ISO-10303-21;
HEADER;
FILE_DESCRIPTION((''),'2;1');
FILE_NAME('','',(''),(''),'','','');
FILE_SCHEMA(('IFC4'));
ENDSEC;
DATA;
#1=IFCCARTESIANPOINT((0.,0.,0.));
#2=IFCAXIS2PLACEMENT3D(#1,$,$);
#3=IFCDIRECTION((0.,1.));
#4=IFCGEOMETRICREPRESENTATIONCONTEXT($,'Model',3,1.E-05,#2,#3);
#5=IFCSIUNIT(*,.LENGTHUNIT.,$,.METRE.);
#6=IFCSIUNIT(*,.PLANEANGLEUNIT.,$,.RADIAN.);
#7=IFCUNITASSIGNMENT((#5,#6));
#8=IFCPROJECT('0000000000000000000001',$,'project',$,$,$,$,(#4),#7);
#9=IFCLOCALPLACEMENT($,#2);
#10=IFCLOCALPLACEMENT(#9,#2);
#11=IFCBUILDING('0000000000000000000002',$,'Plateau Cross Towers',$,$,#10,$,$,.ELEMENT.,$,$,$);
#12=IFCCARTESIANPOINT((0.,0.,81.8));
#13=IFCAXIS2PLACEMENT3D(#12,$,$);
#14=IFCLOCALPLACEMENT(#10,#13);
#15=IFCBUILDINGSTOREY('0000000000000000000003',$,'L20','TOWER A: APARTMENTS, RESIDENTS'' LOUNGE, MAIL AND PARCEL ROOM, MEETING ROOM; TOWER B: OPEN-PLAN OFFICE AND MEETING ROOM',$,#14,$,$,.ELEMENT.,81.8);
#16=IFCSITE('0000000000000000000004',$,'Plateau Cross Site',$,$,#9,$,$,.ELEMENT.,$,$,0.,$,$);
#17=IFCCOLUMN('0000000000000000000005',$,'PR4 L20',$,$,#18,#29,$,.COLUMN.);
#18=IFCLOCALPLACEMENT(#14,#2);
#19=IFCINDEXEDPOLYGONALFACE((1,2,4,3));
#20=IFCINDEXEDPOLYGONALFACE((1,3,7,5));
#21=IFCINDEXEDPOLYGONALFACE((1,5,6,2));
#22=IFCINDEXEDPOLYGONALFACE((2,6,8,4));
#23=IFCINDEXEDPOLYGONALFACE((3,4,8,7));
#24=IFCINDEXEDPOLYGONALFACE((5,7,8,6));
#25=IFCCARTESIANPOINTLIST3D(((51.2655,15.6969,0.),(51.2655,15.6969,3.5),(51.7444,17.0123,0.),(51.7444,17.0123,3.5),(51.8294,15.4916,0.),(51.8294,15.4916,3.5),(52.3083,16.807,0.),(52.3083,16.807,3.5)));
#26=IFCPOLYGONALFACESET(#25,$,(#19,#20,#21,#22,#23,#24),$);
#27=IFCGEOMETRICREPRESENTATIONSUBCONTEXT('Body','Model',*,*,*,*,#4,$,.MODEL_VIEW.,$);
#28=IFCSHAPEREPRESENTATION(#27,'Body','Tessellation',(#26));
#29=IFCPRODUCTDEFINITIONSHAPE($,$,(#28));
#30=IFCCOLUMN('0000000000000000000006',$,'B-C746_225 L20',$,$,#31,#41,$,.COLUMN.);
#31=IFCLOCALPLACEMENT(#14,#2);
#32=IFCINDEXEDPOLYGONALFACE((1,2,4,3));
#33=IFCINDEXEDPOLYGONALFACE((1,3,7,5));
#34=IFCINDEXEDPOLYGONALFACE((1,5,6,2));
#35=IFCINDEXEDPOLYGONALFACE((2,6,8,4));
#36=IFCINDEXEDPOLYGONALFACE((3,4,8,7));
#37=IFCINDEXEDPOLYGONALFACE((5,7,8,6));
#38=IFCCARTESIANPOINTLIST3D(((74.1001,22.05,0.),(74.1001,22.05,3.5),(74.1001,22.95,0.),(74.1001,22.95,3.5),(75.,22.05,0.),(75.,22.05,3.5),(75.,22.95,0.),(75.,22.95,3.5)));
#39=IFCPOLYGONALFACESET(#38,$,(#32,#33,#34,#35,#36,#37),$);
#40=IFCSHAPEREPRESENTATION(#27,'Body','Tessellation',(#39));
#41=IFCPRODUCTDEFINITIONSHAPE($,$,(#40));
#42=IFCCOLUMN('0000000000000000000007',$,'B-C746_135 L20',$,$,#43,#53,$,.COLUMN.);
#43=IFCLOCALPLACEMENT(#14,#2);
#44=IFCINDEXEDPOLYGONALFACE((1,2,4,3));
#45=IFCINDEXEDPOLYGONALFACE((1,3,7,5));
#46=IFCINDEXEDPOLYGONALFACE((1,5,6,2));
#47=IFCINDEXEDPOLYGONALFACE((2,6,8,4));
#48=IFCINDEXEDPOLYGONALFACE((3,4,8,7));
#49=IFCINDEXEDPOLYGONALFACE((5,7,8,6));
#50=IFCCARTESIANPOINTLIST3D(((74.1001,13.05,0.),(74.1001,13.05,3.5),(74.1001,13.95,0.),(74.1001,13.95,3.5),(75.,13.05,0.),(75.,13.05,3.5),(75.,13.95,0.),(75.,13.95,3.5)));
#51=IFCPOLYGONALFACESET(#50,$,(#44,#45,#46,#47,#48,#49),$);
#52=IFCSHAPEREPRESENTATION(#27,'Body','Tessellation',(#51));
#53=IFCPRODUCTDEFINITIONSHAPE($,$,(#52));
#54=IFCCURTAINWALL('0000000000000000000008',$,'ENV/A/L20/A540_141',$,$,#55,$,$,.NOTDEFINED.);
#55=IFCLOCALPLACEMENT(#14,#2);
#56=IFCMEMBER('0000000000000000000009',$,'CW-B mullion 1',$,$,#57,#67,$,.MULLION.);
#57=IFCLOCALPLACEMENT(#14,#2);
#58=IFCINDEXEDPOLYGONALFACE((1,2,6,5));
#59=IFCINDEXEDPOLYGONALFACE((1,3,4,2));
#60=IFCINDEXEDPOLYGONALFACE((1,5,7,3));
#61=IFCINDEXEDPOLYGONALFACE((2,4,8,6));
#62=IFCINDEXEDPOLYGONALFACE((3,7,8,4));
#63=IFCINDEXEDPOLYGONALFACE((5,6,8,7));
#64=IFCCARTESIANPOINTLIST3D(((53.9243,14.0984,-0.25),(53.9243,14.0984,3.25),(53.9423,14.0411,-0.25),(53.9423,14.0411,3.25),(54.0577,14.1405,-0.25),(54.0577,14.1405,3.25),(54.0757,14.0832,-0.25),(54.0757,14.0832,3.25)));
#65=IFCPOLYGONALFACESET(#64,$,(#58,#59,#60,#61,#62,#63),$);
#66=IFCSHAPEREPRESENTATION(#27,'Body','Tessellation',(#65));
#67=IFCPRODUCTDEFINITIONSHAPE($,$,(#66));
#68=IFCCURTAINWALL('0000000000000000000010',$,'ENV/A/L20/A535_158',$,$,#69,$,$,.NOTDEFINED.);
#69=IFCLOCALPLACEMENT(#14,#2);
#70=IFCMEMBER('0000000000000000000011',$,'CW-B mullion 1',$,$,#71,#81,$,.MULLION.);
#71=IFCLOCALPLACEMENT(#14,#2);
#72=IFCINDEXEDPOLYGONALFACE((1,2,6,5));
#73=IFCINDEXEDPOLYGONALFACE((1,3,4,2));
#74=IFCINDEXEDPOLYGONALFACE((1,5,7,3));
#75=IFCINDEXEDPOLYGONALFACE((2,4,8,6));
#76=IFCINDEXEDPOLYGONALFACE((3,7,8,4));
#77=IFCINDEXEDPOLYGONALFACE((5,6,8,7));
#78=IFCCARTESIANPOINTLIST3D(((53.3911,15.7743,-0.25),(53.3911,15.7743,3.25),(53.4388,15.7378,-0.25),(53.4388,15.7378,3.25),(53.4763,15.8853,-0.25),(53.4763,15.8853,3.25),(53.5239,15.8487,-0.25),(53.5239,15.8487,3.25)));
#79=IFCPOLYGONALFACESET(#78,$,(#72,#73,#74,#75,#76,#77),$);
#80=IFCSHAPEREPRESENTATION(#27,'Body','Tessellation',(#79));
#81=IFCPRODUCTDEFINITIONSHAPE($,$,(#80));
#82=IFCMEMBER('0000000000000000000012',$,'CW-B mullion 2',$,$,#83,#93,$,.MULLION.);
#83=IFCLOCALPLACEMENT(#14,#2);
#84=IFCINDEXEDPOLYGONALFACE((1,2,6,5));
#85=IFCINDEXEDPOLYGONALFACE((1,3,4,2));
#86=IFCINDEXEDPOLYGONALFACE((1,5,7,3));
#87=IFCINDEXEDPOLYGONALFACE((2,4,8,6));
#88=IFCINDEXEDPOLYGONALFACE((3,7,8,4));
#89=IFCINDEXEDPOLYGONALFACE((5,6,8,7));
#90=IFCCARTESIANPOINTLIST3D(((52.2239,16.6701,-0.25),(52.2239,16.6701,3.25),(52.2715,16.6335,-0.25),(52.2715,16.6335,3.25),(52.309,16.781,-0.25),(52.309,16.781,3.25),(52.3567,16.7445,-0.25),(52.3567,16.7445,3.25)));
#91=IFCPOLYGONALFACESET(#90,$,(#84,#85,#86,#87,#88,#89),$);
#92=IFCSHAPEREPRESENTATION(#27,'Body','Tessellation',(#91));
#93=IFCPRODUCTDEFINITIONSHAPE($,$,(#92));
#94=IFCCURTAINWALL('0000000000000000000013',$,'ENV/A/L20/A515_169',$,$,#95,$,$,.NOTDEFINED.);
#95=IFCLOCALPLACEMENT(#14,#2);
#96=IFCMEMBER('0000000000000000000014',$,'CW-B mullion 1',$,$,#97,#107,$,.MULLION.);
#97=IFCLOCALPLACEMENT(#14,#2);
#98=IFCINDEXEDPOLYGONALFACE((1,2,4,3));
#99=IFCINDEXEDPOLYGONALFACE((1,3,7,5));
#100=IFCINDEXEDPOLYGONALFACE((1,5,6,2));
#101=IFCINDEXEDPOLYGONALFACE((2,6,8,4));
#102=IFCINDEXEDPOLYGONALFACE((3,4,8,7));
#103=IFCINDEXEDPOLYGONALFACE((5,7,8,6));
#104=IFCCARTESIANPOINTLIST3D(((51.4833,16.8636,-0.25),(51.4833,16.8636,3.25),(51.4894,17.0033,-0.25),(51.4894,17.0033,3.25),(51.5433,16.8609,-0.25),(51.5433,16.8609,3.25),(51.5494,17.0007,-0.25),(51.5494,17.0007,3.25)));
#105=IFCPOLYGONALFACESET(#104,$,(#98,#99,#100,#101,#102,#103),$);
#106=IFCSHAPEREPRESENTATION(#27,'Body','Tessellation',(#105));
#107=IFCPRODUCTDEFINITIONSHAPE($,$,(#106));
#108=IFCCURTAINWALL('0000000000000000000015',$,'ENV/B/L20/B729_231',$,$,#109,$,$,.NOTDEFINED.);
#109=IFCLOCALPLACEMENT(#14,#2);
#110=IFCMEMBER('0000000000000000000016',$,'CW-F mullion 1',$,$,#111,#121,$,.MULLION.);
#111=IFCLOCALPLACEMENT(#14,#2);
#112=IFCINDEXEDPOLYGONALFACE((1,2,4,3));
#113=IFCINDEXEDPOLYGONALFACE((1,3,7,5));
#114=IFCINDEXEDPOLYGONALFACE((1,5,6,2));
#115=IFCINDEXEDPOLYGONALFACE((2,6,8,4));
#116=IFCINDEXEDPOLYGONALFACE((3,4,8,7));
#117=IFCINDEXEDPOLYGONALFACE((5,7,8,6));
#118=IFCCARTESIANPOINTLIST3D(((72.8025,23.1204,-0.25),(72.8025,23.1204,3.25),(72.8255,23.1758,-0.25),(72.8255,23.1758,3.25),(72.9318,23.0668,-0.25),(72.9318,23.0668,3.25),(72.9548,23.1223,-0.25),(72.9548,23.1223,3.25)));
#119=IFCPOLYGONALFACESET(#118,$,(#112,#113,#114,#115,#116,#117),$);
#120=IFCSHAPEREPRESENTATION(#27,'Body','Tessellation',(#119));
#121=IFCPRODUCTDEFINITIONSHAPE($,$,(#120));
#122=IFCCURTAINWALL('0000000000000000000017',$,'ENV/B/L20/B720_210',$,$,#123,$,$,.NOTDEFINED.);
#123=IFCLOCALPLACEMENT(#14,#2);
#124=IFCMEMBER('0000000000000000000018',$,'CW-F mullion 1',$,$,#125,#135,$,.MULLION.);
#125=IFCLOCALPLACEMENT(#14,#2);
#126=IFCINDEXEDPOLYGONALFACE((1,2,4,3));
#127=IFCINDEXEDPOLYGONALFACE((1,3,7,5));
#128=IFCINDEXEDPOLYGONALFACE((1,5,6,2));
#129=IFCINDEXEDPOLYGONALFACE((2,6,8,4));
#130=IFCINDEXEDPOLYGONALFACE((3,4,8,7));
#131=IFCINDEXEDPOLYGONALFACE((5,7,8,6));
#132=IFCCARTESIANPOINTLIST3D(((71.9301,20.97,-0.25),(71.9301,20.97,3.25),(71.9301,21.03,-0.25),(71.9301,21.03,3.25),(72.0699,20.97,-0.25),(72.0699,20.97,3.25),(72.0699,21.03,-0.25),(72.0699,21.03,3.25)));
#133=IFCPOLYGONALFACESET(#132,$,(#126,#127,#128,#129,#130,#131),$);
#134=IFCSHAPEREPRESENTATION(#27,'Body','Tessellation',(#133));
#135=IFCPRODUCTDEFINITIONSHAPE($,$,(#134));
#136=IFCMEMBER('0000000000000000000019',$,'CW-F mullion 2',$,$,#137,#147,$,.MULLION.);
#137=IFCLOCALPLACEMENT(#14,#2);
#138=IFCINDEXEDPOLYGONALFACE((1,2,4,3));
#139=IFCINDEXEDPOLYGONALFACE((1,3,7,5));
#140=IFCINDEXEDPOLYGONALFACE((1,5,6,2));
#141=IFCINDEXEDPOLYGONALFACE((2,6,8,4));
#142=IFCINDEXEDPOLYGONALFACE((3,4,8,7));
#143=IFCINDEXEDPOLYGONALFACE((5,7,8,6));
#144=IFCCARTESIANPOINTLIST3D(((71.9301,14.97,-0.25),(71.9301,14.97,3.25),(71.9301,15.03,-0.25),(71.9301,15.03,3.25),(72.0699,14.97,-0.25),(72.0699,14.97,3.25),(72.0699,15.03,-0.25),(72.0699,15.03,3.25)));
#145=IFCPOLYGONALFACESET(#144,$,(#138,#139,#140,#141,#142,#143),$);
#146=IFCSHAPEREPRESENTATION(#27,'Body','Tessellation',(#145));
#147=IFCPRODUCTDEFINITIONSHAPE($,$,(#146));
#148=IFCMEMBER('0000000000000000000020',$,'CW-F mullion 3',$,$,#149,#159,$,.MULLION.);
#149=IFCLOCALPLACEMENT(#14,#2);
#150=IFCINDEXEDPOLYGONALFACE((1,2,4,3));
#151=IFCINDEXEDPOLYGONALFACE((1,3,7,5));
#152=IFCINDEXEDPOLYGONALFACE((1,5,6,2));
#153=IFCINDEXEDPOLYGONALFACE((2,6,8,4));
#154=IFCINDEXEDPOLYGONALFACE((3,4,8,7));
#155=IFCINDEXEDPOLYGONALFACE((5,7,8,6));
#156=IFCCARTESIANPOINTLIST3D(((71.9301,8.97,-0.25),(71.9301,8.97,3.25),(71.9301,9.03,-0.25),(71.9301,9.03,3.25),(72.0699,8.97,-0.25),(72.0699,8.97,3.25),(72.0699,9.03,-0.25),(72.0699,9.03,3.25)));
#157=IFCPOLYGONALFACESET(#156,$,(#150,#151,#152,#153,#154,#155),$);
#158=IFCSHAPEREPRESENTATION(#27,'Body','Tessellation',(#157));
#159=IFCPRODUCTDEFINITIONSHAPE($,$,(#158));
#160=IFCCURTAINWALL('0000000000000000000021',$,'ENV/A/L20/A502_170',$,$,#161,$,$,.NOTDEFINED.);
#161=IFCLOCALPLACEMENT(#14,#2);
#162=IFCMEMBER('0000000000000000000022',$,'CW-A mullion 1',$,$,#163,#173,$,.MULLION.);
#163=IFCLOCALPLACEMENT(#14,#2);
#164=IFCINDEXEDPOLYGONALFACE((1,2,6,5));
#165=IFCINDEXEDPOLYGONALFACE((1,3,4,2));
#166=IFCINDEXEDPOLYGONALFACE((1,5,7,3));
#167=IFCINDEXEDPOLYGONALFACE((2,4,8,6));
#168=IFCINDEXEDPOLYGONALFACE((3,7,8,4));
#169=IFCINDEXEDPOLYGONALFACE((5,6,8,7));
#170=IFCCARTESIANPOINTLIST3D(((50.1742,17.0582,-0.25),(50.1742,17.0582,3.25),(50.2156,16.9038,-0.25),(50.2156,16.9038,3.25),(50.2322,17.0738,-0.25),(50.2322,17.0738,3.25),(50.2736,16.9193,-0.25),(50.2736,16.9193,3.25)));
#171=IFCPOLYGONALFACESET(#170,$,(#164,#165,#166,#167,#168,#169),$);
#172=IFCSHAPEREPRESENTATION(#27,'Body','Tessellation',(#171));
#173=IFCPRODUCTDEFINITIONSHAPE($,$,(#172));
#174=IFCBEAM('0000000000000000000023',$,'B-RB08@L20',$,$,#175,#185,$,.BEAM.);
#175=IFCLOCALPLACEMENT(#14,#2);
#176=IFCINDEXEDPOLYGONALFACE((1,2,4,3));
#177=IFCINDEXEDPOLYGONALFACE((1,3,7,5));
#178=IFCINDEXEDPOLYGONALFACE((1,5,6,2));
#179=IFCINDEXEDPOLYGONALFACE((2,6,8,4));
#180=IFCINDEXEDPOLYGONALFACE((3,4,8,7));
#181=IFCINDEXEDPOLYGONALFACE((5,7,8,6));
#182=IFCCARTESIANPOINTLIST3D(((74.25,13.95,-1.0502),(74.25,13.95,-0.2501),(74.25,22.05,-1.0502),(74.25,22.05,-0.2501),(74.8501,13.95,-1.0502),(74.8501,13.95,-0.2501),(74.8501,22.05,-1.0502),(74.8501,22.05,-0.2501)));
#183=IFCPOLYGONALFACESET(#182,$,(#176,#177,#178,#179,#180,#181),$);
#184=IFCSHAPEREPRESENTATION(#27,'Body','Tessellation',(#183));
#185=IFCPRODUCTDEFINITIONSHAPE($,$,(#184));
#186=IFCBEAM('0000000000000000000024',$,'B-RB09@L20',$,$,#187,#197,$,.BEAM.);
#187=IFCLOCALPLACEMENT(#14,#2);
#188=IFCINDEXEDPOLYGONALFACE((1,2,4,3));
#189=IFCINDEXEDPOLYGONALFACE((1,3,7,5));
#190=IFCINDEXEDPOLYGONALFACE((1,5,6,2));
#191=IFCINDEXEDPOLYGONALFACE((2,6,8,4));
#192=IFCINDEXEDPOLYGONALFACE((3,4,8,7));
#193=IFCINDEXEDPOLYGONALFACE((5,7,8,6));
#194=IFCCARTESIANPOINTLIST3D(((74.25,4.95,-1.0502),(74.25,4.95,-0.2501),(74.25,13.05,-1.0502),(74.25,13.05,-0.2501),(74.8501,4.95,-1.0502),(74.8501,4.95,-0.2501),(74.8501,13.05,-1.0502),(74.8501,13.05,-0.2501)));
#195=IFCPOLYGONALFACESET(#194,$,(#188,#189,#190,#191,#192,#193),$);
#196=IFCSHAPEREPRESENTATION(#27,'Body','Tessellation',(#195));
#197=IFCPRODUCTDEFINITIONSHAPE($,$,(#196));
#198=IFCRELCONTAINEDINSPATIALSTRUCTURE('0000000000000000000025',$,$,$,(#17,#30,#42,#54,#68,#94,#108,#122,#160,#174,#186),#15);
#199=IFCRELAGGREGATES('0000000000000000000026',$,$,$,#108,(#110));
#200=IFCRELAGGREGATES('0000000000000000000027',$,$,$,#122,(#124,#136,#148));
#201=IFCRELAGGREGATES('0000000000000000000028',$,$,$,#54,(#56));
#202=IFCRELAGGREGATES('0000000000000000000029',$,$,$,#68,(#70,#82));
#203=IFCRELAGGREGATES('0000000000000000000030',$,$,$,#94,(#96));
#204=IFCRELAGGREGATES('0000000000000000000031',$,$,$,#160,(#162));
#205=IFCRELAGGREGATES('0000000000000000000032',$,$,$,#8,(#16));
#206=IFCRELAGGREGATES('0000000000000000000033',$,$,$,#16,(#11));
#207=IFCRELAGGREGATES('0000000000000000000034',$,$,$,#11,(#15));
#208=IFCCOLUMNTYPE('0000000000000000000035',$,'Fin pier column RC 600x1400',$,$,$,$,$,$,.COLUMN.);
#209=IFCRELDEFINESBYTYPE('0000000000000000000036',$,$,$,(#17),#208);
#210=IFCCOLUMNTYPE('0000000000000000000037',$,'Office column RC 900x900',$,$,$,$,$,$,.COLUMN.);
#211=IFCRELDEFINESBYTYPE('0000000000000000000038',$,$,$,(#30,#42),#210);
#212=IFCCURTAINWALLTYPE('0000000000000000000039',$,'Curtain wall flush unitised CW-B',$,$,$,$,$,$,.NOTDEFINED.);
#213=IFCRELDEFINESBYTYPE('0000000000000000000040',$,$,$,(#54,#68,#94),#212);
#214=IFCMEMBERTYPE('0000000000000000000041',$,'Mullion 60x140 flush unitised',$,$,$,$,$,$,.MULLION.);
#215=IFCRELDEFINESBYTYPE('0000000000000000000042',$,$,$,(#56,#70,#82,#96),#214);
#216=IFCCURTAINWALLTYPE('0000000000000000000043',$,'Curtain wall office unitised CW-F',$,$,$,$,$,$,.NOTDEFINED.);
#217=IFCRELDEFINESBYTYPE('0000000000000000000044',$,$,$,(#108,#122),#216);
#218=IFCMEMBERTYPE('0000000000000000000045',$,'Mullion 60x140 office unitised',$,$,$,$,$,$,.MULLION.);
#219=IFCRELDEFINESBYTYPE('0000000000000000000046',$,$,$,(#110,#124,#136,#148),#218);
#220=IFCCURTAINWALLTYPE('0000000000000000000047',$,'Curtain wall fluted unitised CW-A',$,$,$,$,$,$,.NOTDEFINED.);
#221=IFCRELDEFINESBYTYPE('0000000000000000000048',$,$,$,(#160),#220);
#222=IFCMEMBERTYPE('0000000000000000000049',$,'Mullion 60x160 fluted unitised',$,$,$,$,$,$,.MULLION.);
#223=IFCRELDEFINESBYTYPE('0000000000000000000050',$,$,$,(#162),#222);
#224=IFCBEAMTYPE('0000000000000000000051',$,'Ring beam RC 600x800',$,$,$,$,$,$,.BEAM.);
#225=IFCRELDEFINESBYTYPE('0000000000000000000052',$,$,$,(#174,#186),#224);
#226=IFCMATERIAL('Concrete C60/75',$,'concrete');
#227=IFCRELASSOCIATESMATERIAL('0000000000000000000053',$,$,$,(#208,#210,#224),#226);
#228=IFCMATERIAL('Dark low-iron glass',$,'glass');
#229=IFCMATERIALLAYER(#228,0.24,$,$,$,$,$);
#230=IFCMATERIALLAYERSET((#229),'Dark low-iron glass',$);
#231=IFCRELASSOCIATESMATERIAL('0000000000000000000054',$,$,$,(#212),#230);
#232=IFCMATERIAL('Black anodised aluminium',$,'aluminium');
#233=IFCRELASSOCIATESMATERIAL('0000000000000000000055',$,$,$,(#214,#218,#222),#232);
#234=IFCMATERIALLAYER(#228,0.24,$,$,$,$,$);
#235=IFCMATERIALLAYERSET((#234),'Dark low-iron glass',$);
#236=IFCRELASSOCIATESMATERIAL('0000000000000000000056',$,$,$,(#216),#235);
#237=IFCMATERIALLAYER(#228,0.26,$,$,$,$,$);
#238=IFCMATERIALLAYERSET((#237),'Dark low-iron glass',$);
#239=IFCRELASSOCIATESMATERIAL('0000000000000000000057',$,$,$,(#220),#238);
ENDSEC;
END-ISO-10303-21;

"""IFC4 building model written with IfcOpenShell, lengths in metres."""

from ifc_helpers import new_model, si_unit, direction, frame, origin, origin_2d, place, context, subcontext, project, spatial, rectangle, extrude, material, layer, layer_set, material_profile, profile_set, type_object, element, aggregate, save


model = new_model("IFC4")

# Units and contexts
model_context = context("Model", 3, precision=1e-05, world=origin(), true_north=direction((0.0, 1.0)))
body_context = subcontext(model_context, "Body", "Model", "MODEL_VIEW")
ifc_project = project(units=[si_unit("LENGTHUNIT", "METRE"), si_unit("PLANEANGLEUNIT", "RADIAN")], contexts=[model_context])

# Site, building, storey
site_placement = place(None, origin())
site = spatial("IfcSite", under=ifc_project, at=site_placement, Name="Plateau Cross Site", CompositionType="ELEMENT", RefElevation=0.0)
building_placement = place(site_placement, origin())
building = spatial("IfcBuilding", under=site, at=building_placement, Name="Plateau Cross Towers", CompositionType="ELEMENT")
storey_placement = place(building_placement, frame((0.0, 0.0, 81.8)))
storey = spatial("IfcBuildingStorey", under=building, at=storey_placement, Name="L20", Description="TOWER A: APARTMENTS, RESIDENTS' LOUNGE, MAIL AND PARCEL ROOM, MEETING ROOM; TOWER B: OPEN-PLAN OFFICE AND MEETING ROOM", CompositionType="ELEMENT", Elevation=81.8)

# Columns
ifc_material_1 = material(Name="Concrete C60/75", Category="concrete")
ifc_material_profile_1 = material_profile(ifc_material_1, rectangle(XDim=0.6001, YDim=1.3999, at=origin_2d()), Name="RC 600x1400")
ifc_profile_set_1 = profile_set([ifc_material_profile_1], Name="Concrete C60/75")
column_type_1 = type_object("IfcColumnType", Name="Fin pier column RC 600x1400", PredefinedType="COLUMN", material=ifc_profile_set_1)
column_placement = place(storey_placement, frame((51.7869, 16.252, 0.0), z_axis=(0.0, 0.0, 1.0), x_axis=(-0.939664, 0.342098, 0.0)))
element("IfcColumn", 1, at=column_placement, inside=storey, type_object=column_type_1, Name="PR4 L20", PredefinedType="COLUMN", context=body_context, shape_type="SweptSolid", body=[
    extrude(rectangle(XDim=0.6001, YDim=1.3999, at=origin_2d()), origin(), (0.0, 0.0, 1.0), 3.5),
])
ifc_material_profile_2 = material_profile(ifc_material_1, rectangle(XDim=0.8999, YDim=0.8999, at=origin_2d()), Name="RC 900x900")
ifc_profile_set_2 = profile_set([ifc_material_profile_2], Name="Concrete C60/75")
column_type_2 = type_object("IfcColumnType", Name="Office column RC 900x900", PredefinedType="COLUMN", material=ifc_profile_set_2)
for number, where, z_axis, x_axis, name in (
    (2, (74.55, 22.5, 0.0), (0.0, 0.0, 1.0), (1.0, 0.0, 0.0), "B-C746_225 L20"),
    (3, (74.55, 13.5, 0.0), (0.0, 0.0, 1.0), (1.0, 0.0, 0.0), "B-C746_135 L20"),
):
    element("IfcColumn", number, at=place(storey_placement, frame(where, z_axis=z_axis, x_axis=x_axis)), inside=storey, type_object=column_type_2, Name=name, PredefinedType="COLUMN", context=body_context, shape_type="SweptSolid", body=[
        extrude(rectangle(XDim=0.8999, YDim=0.8999, at=origin_2d()), origin(), (0.0, 0.0, 1.0), 3.5),
    ])

# Curtain wall, member
ifc_material_2 = material(Name="Dark low-iron glass", Category="glass")
ifc_layer_1 = layer(ifc_material_2, 0.24)
ifc_layer_set_1 = layer_set([ifc_layer_1], Name="Dark low-iron glass")
curtain_wall_type_1 = type_object("IfcCurtainWallType", Name="Curtain wall flush unitised CW-B", PredefinedType="NOTDEFINED", material=ifc_layer_set_1)
curtain_wall_1_placement = place(storey_placement, origin())
curtain_wall_1 = element("IfcCurtainWall", 4, at=curtain_wall_1_placement, inside=storey, type_object=curtain_wall_type_1, Name="ENV/A/L20/A540_141", PredefinedType="NOTDEFINED")
ifc_material_3 = material(Name="Black anodised aluminium", Category="aluminium")
ifc_material_profile_3 = material_profile(ifc_material_3, rectangle(XDim=0.0601, YDim=0.1399, at=origin_2d()), Name="MULLION 60x140")
ifc_profile_set_3 = profile_set([ifc_material_profile_3], Name="Black anodised aluminium")
member_type_1 = type_object("IfcMemberType", Name="Mullion 60x140 flush unitised", PredefinedType="MULLION", material=ifc_profile_set_3)
member_1_placement = place(storey_placement, frame((54.0, 14.0908, -0.25), z_axis=(0.0, 0.0, 1.0), x_axis=(-0.300686, 0.953723, 0.0)))
member_1 = element("IfcMember", 5, at=member_1_placement, type_object=member_type_1, Name="CW-B mullion 1", PredefinedType="MULLION", context=body_context, shape_type="SweptSolid", body=[
    extrude(rectangle(XDim=0.0601, YDim=0.1399, at=origin_2d()), origin(), (0.0, 0.0, 1.0), 3.5),
])

# Curtain wall, members
curtain_wall_2_placement = place(storey_placement, origin())
curtain_wall_2 = element("IfcCurtainWall", 6, at=curtain_wall_2_placement, inside=storey, type_object=curtain_wall_type_1, Name="ENV/A/L20/A535_158", PredefinedType="NOTDEFINED")
member_2_placement = place(storey_placement, frame((53.4575, 15.8115, -0.25), z_axis=(0.0, 0.0, 1.0), x_axis=(-0.793316, 0.608811, 0.0)))
member_2 = element("IfcMember", 7, at=member_2_placement, type_object=member_type_1, Name="CW-B mullion 1", PredefinedType="MULLION", context=body_context, shape_type="SweptSolid", body=[
    extrude(rectangle(XDim=0.0601, YDim=0.1399, at=origin_2d()), origin(), (0.0, 0.0, 1.0), 3.5),
])
member_3_placement = place(storey_placement, frame((52.2903, 16.7073, -0.25), z_axis=(0.0, 0.0, 1.0), x_axis=(-0.793316, 0.608811, 0.0)))
member_3 = element("IfcMember", 8, at=member_3_placement, type_object=member_type_1, Name="CW-B mullion 2", PredefinedType="MULLION", context=body_context, shape_type="SweptSolid", body=[
    extrude(rectangle(XDim=0.0601, YDim=0.1399, at=origin_2d()), origin(), (0.0, 0.0, 1.0), 3.5),
])

# Curtain walls, members
curtain_wall_3_placement = place(storey_placement, origin())
curtain_wall_3 = element("IfcCurtainWall", 9, at=curtain_wall_3_placement, inside=storey, type_object=curtain_wall_type_1, Name="ENV/A/L20/A515_169", PredefinedType="NOTDEFINED")
member_4_placement = place(storey_placement, frame((51.5164, 16.9321, -0.25), z_axis=(0.0, 0.0, 1.0), x_axis=(-0.999044, 0.043723, 0.0)))
member_4 = element("IfcMember", 10, at=member_4_placement, type_object=member_type_1, Name="CW-B mullion 1", PredefinedType="MULLION", context=body_context, shape_type="SweptSolid", body=[
    extrude(rectangle(XDim=0.0601, YDim=0.1399, at=origin_2d()), origin(), (0.0, 0.0, 1.0), 3.5),
])
ifc_layer_2 = layer(ifc_material_2, 0.24)
ifc_layer_set_2 = layer_set([ifc_layer_2], Name="Dark low-iron glass")
curtain_wall_type_2 = type_object("IfcCurtainWallType", Name="Curtain wall office unitised CW-F", PredefinedType="NOTDEFINED", material=ifc_layer_set_2)
curtain_wall_4_placement = place(storey_placement, origin())
curtain_wall_4 = element("IfcCurtainWall", 11, at=curtain_wall_4_placement, inside=storey, type_object=curtain_wall_type_2, Name="ENV/B/L20/B729_231", PredefinedType="NOTDEFINED")
ifc_material_profile_4 = material_profile(ifc_material_3, rectangle(XDim=0.0601, YDim=0.1399, at=origin_2d()), Name="MULLION 60x140")
ifc_profile_set_4 = profile_set([ifc_material_profile_4], Name="Black anodised aluminium")
member_type_2 = type_object("IfcMemberType", Name="Mullion 60x140 office unitised", PredefinedType="MULLION", material=ifc_profile_set_4)
member_5_placement = place(storey_placement, frame((72.8787, 23.1213, -0.25), z_axis=(0.0, 0.0, 1.0), x_axis=(-0.382684, -0.923879, 0.0)))
member_5 = element("IfcMember", 12, at=member_5_placement, type_object=member_type_2, Name="CW-F mullion 1", PredefinedType="MULLION", context=body_context, shape_type="SweptSolid", body=[
    extrude(rectangle(XDim=0.0601, YDim=0.1399, at=origin_2d()), origin(), (0.0, 0.0, 1.0), 3.5),
])

# Curtain wall, members
curtain_wall_5_placement = place(storey_placement, origin())
curtain_wall_5 = element("IfcCurtainWall", 13, at=curtain_wall_5_placement, inside=storey, type_object=curtain_wall_type_2, Name="ENV/B/L20/B720_210", PredefinedType="NOTDEFINED")
member_6_placement = place(storey_placement, frame((72.0, 21.0, -0.25), z_axis=(0.0, 0.0, 1.0), x_axis=(0.0, -1.0, 0.0)))
member_6 = element("IfcMember", 14, at=member_6_placement, type_object=member_type_2, Name="CW-F mullion 1", PredefinedType="MULLION", context=body_context, shape_type="SweptSolid", body=[
    extrude(rectangle(XDim=0.0601, YDim=0.1399, at=origin_2d()), origin(), (0.0, 0.0, 1.0), 3.5),
])
member_7_placement = place(storey_placement, frame((72.0, 15.0, -0.25), z_axis=(0.0, 0.0, 1.0), x_axis=(0.0, -1.0, 0.0)))
member_7 = element("IfcMember", 15, at=member_7_placement, type_object=member_type_2, Name="CW-F mullion 2", PredefinedType="MULLION", context=body_context, shape_type="SweptSolid", body=[
    extrude(rectangle(XDim=0.0601, YDim=0.1399, at=origin_2d()), origin(), (0.0, 0.0, 1.0), 3.5),
])
member_8_placement = place(storey_placement, frame((72.0, 9.0, -0.25), z_axis=(0.0, 0.0, 1.0), x_axis=(0.0, -1.0, 0.0)))
member_8 = element("IfcMember", 16, at=member_8_placement, type_object=member_type_2, Name="CW-F mullion 3", PredefinedType="MULLION", context=body_context, shape_type="SweptSolid", body=[
    extrude(rectangle(XDim=0.0601, YDim=0.1399, at=origin_2d()), origin(), (0.0, 0.0, 1.0), 3.5),
])

# Curtain wall, member
ifc_layer_3 = layer(ifc_material_2, 0.26)
ifc_layer_set_3 = layer_set([ifc_layer_3], Name="Dark low-iron glass")
curtain_wall_type_3 = type_object("IfcCurtainWallType", Name="Curtain wall fluted unitised CW-A", PredefinedType="NOTDEFINED", material=ifc_layer_set_3)
curtain_wall_6_placement = place(storey_placement, origin())
curtain_wall_6 = element("IfcCurtainWall", 17, at=curtain_wall_6_placement, inside=storey, type_object=curtain_wall_type_3, Name="ENV/A/L20/A502_170", PredefinedType="NOTDEFINED")
ifc_material_profile_5 = material_profile(ifc_material_3, rectangle(XDim=0.0601, YDim=0.1599, at=origin_2d()), Name="MULLION 60x160")
ifc_profile_set_5 = profile_set([ifc_material_profile_5], Name="Black anodised aluminium")
member_type_3 = type_object("IfcMemberType", Name="Mullion 60x160 fluted unitised", PredefinedType="MULLION", material=ifc_profile_set_5)
member_9_placement = place(storey_placement, frame((50.2239, 16.9888, -0.25), z_axis=(0.0, 0.0, 1.0), x_axis=(-0.965958, -0.258699, 0.0)))
member_9 = element("IfcMember", 18, at=member_9_placement, type_object=member_type_3, Name="CW-A mullion 1", PredefinedType="MULLION", context=body_context, shape_type="SweptSolid", body=[
    extrude(rectangle(XDim=0.0601, YDim=0.1599, at=origin_2d()), origin(), (0.0, 0.0, 1.0), 3.5),
])

# Beams
ifc_material_profile_6 = material_profile(ifc_material_1, rectangle(XDim=0.6001, YDim=0.8, at=origin_2d()), Name="RC 600x800")
ifc_profile_set_6 = profile_set([ifc_material_profile_6], Name="Concrete C60/75")
beam_type = type_object("IfcBeamType", Name="Ring beam RC 600x800", PredefinedType="BEAM", material=ifc_profile_set_6)
for number, where, z_axis, x_axis, name in (
    (19, (74.55, 22.05, -0.6501), (0.0, -1.0, 0.0), (1.0, 0.0, 0.0), "B-RB08@L20"),
    (20, (74.55, 13.05, -0.6501), (0.0, -1.0, 0.0), (1.0, 0.0, 0.0), "B-RB09@L20"),
):
    element("IfcBeam", number, at=place(storey_placement, frame(where, z_axis=z_axis, x_axis=x_axis)), inside=storey, type_object=beam_type, Name=name, PredefinedType="BEAM", context=body_context, shape_type="SweptSolid", body=[
        extrude(rectangle(XDim=0.6001, YDim=0.8, at=origin_2d()), origin(), (0.0, 0.0, 1.0), 8.1001),
    ])

aggregate(curtain_wall_4, [member_5])
aggregate(curtain_wall_5, [member_6, member_7, member_8])

aggregate(curtain_wall_1, [member_1])
aggregate(curtain_wall_2, [member_2, member_3])
aggregate(curtain_wall_3, [member_4])
aggregate(curtain_wall_6, [member_9])

save(model, "model.ifc")
